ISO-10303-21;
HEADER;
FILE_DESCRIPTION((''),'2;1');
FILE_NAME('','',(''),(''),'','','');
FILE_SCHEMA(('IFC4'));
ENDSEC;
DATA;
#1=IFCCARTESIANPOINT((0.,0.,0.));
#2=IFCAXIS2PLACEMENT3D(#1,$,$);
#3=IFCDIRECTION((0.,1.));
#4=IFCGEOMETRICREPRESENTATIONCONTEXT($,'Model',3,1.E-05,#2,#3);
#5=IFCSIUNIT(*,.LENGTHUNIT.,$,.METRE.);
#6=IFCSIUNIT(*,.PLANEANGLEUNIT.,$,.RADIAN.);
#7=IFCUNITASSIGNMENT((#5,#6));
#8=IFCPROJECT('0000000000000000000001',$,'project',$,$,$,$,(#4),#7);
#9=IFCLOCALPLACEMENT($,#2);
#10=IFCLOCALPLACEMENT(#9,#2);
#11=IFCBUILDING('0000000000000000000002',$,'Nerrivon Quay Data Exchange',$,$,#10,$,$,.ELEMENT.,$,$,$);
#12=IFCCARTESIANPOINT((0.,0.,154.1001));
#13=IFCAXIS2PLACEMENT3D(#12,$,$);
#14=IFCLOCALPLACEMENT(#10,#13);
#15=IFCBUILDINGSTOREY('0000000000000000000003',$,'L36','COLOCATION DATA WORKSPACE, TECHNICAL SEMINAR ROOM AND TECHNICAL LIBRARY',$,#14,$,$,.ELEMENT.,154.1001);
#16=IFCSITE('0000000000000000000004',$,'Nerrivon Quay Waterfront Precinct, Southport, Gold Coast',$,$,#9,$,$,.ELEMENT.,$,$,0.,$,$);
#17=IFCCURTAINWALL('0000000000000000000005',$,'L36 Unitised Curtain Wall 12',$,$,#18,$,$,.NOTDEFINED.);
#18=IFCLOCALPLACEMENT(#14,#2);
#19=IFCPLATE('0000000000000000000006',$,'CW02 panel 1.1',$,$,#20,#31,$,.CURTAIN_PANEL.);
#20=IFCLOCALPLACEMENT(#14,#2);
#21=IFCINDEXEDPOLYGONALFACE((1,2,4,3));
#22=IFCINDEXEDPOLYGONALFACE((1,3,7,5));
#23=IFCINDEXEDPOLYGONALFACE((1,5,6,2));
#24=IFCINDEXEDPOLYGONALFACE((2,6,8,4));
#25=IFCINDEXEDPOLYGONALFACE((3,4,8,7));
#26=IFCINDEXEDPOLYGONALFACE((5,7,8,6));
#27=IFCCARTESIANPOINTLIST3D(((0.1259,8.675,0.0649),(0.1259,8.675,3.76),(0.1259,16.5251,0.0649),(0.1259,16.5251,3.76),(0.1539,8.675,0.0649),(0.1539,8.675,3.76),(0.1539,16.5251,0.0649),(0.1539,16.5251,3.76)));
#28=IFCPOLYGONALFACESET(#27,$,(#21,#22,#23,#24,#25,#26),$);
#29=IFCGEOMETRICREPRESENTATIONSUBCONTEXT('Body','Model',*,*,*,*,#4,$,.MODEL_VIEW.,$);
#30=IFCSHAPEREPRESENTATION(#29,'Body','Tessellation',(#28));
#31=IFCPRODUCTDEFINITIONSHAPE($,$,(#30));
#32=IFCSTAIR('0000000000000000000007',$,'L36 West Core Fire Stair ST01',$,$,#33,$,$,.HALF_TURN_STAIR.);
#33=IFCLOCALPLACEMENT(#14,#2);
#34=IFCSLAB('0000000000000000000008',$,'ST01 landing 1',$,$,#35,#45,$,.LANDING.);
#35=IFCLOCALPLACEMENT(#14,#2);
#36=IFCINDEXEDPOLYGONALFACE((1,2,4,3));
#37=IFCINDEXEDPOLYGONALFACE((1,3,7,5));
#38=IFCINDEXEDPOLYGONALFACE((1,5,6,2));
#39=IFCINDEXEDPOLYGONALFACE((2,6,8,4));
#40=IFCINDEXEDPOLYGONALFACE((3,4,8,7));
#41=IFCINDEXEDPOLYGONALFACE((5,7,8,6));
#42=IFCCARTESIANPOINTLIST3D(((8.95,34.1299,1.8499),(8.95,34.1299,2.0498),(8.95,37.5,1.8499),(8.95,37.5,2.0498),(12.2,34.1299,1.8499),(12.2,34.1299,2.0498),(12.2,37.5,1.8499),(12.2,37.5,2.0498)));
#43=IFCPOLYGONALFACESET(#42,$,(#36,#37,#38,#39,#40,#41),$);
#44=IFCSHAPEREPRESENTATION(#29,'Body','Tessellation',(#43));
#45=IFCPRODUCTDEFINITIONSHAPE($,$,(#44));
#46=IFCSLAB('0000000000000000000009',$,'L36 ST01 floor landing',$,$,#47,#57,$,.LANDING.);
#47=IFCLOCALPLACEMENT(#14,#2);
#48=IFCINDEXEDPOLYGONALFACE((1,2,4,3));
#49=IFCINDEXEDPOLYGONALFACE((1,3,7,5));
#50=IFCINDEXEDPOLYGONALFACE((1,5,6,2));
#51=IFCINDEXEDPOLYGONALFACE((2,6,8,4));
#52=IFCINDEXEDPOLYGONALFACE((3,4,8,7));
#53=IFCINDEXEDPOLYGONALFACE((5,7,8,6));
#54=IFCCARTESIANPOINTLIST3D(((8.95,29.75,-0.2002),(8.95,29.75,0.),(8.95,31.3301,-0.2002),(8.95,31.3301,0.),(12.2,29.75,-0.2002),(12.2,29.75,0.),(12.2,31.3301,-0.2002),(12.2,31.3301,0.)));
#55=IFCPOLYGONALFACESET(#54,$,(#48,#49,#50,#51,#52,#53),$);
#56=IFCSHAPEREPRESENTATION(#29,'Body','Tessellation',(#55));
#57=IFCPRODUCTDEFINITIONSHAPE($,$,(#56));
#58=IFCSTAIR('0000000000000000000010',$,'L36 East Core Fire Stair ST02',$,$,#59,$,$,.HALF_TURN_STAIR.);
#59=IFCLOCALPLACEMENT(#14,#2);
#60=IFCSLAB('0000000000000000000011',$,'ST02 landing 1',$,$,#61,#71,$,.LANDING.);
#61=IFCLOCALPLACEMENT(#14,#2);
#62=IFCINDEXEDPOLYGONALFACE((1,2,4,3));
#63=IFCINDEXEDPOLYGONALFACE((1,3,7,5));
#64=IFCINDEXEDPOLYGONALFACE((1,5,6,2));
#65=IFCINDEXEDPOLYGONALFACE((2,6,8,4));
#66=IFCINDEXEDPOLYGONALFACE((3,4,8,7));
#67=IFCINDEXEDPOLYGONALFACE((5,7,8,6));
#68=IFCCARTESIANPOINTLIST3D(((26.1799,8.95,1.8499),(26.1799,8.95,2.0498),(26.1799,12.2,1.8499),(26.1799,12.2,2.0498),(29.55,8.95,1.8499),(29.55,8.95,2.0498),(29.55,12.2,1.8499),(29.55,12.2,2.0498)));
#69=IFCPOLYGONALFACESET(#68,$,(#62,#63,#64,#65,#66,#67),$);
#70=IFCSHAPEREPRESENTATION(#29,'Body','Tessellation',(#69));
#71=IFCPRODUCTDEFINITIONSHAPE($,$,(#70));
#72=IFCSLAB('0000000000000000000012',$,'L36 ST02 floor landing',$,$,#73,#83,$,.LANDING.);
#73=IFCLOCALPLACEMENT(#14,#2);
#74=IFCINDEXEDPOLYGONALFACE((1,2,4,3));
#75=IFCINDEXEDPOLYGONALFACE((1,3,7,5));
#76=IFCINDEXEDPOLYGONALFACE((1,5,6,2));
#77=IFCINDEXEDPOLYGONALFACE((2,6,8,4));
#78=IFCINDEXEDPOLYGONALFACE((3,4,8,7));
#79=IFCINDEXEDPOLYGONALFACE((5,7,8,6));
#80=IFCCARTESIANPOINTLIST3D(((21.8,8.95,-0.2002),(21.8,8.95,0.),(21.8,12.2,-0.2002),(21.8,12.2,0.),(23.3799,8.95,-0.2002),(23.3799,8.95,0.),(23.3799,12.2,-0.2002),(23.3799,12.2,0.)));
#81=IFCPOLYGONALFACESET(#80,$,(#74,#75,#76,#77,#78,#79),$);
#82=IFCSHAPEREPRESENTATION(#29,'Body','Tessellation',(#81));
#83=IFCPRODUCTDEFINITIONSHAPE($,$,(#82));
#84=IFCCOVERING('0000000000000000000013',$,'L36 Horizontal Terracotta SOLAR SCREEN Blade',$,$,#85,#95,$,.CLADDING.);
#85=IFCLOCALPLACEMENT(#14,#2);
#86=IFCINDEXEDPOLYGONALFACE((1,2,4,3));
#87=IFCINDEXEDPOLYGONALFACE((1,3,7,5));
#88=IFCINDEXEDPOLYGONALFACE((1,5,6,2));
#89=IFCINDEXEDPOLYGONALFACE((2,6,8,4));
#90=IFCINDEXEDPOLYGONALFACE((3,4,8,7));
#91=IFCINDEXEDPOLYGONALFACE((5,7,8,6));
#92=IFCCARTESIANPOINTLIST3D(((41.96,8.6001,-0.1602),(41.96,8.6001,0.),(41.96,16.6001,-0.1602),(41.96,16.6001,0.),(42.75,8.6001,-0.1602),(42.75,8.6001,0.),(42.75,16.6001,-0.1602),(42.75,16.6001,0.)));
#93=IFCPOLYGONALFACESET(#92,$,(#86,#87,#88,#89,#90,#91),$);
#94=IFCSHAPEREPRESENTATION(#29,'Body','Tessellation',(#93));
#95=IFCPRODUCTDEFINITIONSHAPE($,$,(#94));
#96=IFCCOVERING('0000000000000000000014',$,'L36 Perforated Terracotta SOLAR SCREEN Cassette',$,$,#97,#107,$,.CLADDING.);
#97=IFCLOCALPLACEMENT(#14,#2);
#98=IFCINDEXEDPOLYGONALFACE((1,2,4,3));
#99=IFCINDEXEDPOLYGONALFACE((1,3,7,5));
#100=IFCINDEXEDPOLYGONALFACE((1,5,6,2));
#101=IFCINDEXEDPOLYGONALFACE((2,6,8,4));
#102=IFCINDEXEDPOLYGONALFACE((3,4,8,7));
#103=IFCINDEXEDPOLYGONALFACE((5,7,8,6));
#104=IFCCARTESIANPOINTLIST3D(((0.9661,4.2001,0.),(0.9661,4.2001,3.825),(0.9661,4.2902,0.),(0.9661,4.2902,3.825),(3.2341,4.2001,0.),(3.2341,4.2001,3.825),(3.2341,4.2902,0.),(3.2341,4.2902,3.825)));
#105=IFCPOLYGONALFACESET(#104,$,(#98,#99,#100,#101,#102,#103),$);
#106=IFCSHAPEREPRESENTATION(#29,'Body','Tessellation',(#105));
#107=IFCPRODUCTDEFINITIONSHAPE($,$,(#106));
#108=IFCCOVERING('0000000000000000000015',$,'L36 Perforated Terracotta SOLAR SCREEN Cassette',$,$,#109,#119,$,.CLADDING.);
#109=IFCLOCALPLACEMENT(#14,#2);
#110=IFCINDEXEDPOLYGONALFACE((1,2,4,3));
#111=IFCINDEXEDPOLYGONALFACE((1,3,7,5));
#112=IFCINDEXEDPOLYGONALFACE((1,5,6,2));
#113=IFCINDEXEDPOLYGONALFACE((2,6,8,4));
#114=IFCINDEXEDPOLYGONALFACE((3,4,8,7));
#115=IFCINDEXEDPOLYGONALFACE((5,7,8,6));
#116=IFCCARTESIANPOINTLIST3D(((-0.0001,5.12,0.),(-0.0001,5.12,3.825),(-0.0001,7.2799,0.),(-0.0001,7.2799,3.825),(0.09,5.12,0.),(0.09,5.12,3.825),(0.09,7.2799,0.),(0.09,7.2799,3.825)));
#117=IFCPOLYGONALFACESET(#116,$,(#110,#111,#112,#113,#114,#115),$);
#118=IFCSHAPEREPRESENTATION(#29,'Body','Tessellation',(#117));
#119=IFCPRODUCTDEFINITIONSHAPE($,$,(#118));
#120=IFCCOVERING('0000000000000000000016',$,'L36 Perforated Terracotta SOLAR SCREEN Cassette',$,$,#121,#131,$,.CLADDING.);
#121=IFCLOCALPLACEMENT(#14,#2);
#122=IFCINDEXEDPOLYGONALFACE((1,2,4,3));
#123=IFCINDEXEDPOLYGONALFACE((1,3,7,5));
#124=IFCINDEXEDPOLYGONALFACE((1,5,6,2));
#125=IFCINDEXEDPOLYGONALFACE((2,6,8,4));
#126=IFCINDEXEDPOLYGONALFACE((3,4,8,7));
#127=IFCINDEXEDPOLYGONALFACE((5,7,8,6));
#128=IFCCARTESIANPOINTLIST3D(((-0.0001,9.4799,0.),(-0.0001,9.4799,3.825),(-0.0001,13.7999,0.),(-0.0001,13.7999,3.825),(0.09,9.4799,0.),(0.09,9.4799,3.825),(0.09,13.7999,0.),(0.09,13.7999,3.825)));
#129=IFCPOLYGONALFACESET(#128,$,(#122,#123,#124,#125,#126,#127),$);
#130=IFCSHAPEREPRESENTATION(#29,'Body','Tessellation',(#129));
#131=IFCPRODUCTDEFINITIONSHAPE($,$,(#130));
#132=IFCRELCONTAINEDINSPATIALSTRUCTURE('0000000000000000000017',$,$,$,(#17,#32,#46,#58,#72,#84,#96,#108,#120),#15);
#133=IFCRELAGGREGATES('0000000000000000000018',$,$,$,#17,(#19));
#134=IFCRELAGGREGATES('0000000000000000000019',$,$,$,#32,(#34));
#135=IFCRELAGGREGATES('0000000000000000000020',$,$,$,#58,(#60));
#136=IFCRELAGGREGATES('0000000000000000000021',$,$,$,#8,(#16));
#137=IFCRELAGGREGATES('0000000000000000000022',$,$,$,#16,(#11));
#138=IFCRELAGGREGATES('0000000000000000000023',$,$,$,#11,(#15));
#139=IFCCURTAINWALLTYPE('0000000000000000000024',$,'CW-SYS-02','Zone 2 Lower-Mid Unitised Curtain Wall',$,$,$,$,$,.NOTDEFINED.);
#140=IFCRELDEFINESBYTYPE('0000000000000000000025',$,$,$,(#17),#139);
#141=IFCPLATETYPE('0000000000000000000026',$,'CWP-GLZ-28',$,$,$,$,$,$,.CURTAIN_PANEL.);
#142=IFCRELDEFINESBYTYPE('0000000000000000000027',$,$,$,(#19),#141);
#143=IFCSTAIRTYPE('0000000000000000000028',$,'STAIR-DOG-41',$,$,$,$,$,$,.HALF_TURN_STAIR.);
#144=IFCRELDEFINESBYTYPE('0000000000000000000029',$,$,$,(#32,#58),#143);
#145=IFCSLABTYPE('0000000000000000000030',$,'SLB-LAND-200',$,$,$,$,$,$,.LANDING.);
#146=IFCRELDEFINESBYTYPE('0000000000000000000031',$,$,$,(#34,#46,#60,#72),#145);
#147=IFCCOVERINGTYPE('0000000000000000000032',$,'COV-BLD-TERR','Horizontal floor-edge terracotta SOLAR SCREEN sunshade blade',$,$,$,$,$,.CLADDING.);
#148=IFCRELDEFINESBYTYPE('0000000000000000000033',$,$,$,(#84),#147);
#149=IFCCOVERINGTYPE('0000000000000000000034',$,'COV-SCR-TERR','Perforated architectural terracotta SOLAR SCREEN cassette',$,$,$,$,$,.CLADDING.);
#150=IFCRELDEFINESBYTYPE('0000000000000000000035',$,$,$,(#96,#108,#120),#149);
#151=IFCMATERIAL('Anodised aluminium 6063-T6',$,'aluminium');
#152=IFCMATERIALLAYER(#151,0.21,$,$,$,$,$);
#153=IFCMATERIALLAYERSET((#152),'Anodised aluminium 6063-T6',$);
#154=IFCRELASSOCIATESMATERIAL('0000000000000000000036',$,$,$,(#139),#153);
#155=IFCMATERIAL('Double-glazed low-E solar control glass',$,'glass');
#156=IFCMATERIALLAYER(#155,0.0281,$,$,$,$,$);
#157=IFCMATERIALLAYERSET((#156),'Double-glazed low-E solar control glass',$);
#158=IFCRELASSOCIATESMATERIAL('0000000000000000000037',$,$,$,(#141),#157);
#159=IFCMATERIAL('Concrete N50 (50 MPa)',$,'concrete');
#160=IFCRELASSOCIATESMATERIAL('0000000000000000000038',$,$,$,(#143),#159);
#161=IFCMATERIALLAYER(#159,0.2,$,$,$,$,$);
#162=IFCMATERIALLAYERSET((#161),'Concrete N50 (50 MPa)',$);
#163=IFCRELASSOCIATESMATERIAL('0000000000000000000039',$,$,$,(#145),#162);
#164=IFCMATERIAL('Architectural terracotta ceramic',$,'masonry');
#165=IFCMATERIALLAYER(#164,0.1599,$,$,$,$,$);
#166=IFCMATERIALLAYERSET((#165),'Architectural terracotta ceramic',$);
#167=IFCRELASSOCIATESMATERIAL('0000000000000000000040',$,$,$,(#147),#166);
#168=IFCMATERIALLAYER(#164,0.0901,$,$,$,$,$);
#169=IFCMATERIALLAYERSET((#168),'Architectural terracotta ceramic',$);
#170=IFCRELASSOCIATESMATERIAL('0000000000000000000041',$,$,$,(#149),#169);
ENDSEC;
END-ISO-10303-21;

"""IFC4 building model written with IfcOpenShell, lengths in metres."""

from ifc_helpers import new_model, si_unit, direction, frame, origin, origin_2d, place, context, subcontext, project, spatial, polyline, rectangle, outline, extrude, material, layer, layer_set, type_object, element, aggregate, save


model = new_model("IFC4")

# Units and contexts
model_context = context("Model", 3, precision=1e-05, world=origin(), true_north=direction((0.0, 1.0)))
body_context = subcontext(model_context, "Body", "Model", "MODEL_VIEW")
ifc_project = project(units=[si_unit("LENGTHUNIT", "METRE"), si_unit("PLANEANGLEUNIT", "RADIAN")], contexts=[model_context])

# Site, building, storey
site_placement = place(None, origin())
site = spatial("IfcSite", under=ifc_project, at=site_placement, Name="Nerrivon Quay Waterfront Precinct, Southport, Gold Coast", CompositionType="ELEMENT", RefElevation=0.0)
building_placement = place(site_placement, origin())
building = spatial("IfcBuilding", under=site, at=building_placement, Name="Nerrivon Quay Data Exchange", CompositionType="ELEMENT")
storey_placement = place(building_placement, frame((0.0, 0.0, 154.1001)))
storey = spatial("IfcBuildingStorey", under=building, at=storey_placement, Name="L36", Description="COLOCATION DATA WORKSPACE, TECHNICAL SEMINAR ROOM AND TECHNICAL LIBRARY", CompositionType="ELEMENT", Elevation=154.1001)

# Shared definitions
ifc_material_1 = material(Name="Anodised aluminium 6063-T6", Category="aluminium")
ifc_layer_1 = layer(ifc_material_1, 0.21)
ifc_layer_set_1 = layer_set([ifc_layer_1], Name="Anodised aluminium 6063-T6")
curtain_wall_type = type_object("IfcCurtainWallType", Name="CW-SYS-02", Description="Zone 2 Lower-Mid Unitised Curtain Wall", PredefinedType="NOTDEFINED", material=ifc_layer_set_1)

# Curtain wall
curtain_wall_1_placement = place(storey_placement, origin())
curtain_wall_1 = element("IfcCurtainWall", 1, at=curtain_wall_1_placement, inside=storey, type_object=curtain_wall_type, Name="L36 Unitised Curtain Wall 12", PredefinedType="NOTDEFINED")

# Plate
ifc_material_2 = material(Name="Double-glazed low-E solar control glass", Category="glass")
ifc_layer_2 = layer(ifc_material_2, 0.0281)
ifc_layer_set_2 = layer_set([ifc_layer_2], Name="Double-glazed low-E solar control glass")
plate_type = type_object("IfcPlateType", Name="CWP-GLZ-28", PredefinedType="CURTAIN_PANEL", material=ifc_layer_set_2)
plate_1_placement = place(storey_placement, frame((0.1399, 12.6001, 0.0649), z_axis=(0.0, 0.0, 1.0), x_axis=(0.0, 1.0, 0.0)))
plate_1 = element("IfcPlate", 2, at=plate_1_placement, type_object=plate_type, Name="CW02 panel 1.1", PredefinedType="CURTAIN_PANEL", context=body_context, shape_type="SweptSolid", body=[
    extrude(rectangle(XDim=7.8501, YDim=0.0281, at=origin_2d()), origin(), (0.0, 0.0, 1.0), 3.6951),
])
aggregate(curtain_wall_1, [plate_1])

# Stair, slab
ifc_material_3 = material(Name="Concrete N50 (50 MPa)", Category="concrete")
stair_type = type_object("IfcStairType", Name="STAIR-DOG-41", PredefinedType="HALF_TURN_STAIR", material=ifc_material_3)
stair_1_placement = place(storey_placement, origin())
stair_1 = element("IfcStair", 3, at=stair_1_placement, inside=storey, type_object=stair_type, Name="L36 West Core Fire Stair ST01", PredefinedType="HALF_TURN_STAIR")
ifc_layer_3 = layer(ifc_material_3, 0.2)
ifc_layer_set_3 = layer_set([ifc_layer_3], Name="Concrete N50 (50 MPa)")
slab_type = type_object("IfcSlabType", Name="SLB-LAND-200", PredefinedType="LANDING", material=ifc_layer_set_3)
slab_1_placement = place(storey_placement, frame((0.0, 0.0, 1.8499)))
slab_1 = element("IfcSlab", 4, at=slab_1_placement, type_object=slab_type, Name="ST01 landing 1", PredefinedType="LANDING", context=body_context, shape_type="SweptSolid", body=[
    extrude(outline(polyline([(12.2, 34.1299), (12.2, 37.5), (8.95, 37.5), (8.95, 34.1299), (12.2, 34.1299)])), origin(), (0.0, 0.0, 1.0), 0.2),
])
aggregate(stair_1, [slab_1])

# Slab
slab_2_placement = place(storey_placement, frame((0.0, 0.0, -0.2002)))
element("IfcSlab", 5, at=slab_2_placement, inside=storey, type_object=slab_type, Name="L36 ST01 floor landing", PredefinedType="LANDING", context=body_context, shape_type="SweptSolid", body=[
    extrude(outline(polyline([(12.2, 29.75), (12.2, 31.3301), (8.95, 31.3301), (8.95, 29.75), (12.2, 29.75)])), origin(), (0.0, 0.0, 1.0), 0.2002),
])

# Stair, slab
stair_2_placement = place(storey_placement, origin())
stair_2 = element("IfcStair", 6, at=stair_2_placement, inside=storey, type_object=stair_type, Name="L36 East Core Fire Stair ST02", PredefinedType="HALF_TURN_STAIR")
slab_3_placement = place(storey_placement, frame((0.0, 0.0, 1.8499)))
slab_3 = element("IfcSlab", 7, at=slab_3_placement, type_object=slab_type, Name="ST02 landing 1", PredefinedType="LANDING", context=body_context, shape_type="SweptSolid", body=[
    extrude(outline(polyline([(26.1799, 8.95), (29.55, 8.95), (29.55, 12.2), (26.1799, 12.2), (26.1799, 8.95)])), origin(), (0.0, 0.0, 1.0), 0.2),
])
aggregate(stair_2, [slab_3])

# Slab
slab_4_placement = place(storey_placement, frame((0.0, 0.0, -0.2002)))
element("IfcSlab", 8, at=slab_4_placement, inside=storey, type_object=slab_type, Name="L36 ST02 floor landing", PredefinedType="LANDING", context=body_context, shape_type="SweptSolid", body=[
    extrude(outline(polyline([(21.8, 8.95), (23.3799, 8.95), (23.3799, 12.2), (21.8, 12.2), (21.8, 8.95)])), origin(), (0.0, 0.0, 1.0), 0.2002),
])

# Coverings
ifc_material_4 = material(Name="Architectural terracotta ceramic", Category="masonry")
ifc_layer_4 = layer(ifc_material_4, 0.1599)
ifc_layer_set_4 = layer_set([ifc_layer_4], Name="Architectural terracotta ceramic")
covering_type_1 = type_object("IfcCoveringType", Name="COV-BLD-TERR", Description="Horizontal floor-edge terracotta SOLAR SCREEN sunshade blade", PredefinedType="CLADDING", material=ifc_layer_set_4)
covering_1_placement = place(storey_placement, frame((0.0, 0.0, -0.1602)))
element("IfcCovering", 9, at=covering_1_placement, inside=storey, type_object=covering_type_1, Name="L36 Horizontal Terracotta SOLAR SCREEN Blade", PredefinedType="CLADDING", context=body_context, shape_type="SweptSolid", body=[
    extrude(outline(polyline([(41.96, 16.6001), (41.96, 8.6001), (42.75, 8.6001), (42.75, 16.6001), (41.96, 16.6001)])), origin(), (0.0, 0.0, 1.0), 0.1602),
])
ifc_layer_5 = layer(ifc_material_4, 0.0901)
ifc_layer_set_5 = layer_set([ifc_layer_5], Name="Architectural terracotta ceramic")
covering_type_2 = type_object("IfcCoveringType", Name="COV-SCR-TERR", Description="Perforated architectural terracotta SOLAR SCREEN cassette", PredefinedType="CLADDING", material=ifc_layer_set_5)
covering_2_placement = place(storey_placement, frame((2.1001, 4.2451, 0.0), z_axis=(0.0, 0.0, 1.0), x_axis=(-1.0, 0.0, 0.0)))
element("IfcCovering", 10, at=covering_2_placement, inside=storey, type_object=covering_type_2, Name="L36 Perforated Terracotta SOLAR SCREEN Cassette", PredefinedType="CLADDING", context=body_context, shape_type="SweptSolid", body=[
    extrude(rectangle(XDim=2.2681, YDim=0.0901, at=origin_2d()), origin(), (0.0, 0.0, 1.0), 3.825),
])
covering_3_placement = place(storey_placement, frame((0.0449, 6.2, 0.0), z_axis=(0.0, 0.0, 1.0), x_axis=(0.0, 1.0, 0.0)))
element("IfcCovering", 11, at=covering_3_placement, inside=storey, type_object=covering_type_2, Name="L36 Perforated Terracotta SOLAR SCREEN Cassette", PredefinedType="CLADDING", context=body_context, shape_type="SweptSolid", body=[
    extrude(rectangle(XDim=2.1599, YDim=0.0901, at=origin_2d()), origin(), (0.0, 0.0, 1.0), 3.825),
])
covering_4_placement = place(storey_placement, frame((0.0449, 11.6399, 0.0), z_axis=(0.0, 0.0, 1.0), x_axis=(0.0, 1.0, 0.0)))
element("IfcCovering", 12, at=covering_4_placement, inside=storey, type_object=covering_type_2, Name="L36 Perforated Terracotta SOLAR SCREEN Cassette", PredefinedType="CLADDING", context=body_context, shape_type="SweptSolid", body=[
    extrude(rectangle(XDim=4.3201, YDim=0.0901, at=origin_2d()), origin(), (0.0, 0.0, 1.0), 3.825),
])

save(model, "model.ifc")
